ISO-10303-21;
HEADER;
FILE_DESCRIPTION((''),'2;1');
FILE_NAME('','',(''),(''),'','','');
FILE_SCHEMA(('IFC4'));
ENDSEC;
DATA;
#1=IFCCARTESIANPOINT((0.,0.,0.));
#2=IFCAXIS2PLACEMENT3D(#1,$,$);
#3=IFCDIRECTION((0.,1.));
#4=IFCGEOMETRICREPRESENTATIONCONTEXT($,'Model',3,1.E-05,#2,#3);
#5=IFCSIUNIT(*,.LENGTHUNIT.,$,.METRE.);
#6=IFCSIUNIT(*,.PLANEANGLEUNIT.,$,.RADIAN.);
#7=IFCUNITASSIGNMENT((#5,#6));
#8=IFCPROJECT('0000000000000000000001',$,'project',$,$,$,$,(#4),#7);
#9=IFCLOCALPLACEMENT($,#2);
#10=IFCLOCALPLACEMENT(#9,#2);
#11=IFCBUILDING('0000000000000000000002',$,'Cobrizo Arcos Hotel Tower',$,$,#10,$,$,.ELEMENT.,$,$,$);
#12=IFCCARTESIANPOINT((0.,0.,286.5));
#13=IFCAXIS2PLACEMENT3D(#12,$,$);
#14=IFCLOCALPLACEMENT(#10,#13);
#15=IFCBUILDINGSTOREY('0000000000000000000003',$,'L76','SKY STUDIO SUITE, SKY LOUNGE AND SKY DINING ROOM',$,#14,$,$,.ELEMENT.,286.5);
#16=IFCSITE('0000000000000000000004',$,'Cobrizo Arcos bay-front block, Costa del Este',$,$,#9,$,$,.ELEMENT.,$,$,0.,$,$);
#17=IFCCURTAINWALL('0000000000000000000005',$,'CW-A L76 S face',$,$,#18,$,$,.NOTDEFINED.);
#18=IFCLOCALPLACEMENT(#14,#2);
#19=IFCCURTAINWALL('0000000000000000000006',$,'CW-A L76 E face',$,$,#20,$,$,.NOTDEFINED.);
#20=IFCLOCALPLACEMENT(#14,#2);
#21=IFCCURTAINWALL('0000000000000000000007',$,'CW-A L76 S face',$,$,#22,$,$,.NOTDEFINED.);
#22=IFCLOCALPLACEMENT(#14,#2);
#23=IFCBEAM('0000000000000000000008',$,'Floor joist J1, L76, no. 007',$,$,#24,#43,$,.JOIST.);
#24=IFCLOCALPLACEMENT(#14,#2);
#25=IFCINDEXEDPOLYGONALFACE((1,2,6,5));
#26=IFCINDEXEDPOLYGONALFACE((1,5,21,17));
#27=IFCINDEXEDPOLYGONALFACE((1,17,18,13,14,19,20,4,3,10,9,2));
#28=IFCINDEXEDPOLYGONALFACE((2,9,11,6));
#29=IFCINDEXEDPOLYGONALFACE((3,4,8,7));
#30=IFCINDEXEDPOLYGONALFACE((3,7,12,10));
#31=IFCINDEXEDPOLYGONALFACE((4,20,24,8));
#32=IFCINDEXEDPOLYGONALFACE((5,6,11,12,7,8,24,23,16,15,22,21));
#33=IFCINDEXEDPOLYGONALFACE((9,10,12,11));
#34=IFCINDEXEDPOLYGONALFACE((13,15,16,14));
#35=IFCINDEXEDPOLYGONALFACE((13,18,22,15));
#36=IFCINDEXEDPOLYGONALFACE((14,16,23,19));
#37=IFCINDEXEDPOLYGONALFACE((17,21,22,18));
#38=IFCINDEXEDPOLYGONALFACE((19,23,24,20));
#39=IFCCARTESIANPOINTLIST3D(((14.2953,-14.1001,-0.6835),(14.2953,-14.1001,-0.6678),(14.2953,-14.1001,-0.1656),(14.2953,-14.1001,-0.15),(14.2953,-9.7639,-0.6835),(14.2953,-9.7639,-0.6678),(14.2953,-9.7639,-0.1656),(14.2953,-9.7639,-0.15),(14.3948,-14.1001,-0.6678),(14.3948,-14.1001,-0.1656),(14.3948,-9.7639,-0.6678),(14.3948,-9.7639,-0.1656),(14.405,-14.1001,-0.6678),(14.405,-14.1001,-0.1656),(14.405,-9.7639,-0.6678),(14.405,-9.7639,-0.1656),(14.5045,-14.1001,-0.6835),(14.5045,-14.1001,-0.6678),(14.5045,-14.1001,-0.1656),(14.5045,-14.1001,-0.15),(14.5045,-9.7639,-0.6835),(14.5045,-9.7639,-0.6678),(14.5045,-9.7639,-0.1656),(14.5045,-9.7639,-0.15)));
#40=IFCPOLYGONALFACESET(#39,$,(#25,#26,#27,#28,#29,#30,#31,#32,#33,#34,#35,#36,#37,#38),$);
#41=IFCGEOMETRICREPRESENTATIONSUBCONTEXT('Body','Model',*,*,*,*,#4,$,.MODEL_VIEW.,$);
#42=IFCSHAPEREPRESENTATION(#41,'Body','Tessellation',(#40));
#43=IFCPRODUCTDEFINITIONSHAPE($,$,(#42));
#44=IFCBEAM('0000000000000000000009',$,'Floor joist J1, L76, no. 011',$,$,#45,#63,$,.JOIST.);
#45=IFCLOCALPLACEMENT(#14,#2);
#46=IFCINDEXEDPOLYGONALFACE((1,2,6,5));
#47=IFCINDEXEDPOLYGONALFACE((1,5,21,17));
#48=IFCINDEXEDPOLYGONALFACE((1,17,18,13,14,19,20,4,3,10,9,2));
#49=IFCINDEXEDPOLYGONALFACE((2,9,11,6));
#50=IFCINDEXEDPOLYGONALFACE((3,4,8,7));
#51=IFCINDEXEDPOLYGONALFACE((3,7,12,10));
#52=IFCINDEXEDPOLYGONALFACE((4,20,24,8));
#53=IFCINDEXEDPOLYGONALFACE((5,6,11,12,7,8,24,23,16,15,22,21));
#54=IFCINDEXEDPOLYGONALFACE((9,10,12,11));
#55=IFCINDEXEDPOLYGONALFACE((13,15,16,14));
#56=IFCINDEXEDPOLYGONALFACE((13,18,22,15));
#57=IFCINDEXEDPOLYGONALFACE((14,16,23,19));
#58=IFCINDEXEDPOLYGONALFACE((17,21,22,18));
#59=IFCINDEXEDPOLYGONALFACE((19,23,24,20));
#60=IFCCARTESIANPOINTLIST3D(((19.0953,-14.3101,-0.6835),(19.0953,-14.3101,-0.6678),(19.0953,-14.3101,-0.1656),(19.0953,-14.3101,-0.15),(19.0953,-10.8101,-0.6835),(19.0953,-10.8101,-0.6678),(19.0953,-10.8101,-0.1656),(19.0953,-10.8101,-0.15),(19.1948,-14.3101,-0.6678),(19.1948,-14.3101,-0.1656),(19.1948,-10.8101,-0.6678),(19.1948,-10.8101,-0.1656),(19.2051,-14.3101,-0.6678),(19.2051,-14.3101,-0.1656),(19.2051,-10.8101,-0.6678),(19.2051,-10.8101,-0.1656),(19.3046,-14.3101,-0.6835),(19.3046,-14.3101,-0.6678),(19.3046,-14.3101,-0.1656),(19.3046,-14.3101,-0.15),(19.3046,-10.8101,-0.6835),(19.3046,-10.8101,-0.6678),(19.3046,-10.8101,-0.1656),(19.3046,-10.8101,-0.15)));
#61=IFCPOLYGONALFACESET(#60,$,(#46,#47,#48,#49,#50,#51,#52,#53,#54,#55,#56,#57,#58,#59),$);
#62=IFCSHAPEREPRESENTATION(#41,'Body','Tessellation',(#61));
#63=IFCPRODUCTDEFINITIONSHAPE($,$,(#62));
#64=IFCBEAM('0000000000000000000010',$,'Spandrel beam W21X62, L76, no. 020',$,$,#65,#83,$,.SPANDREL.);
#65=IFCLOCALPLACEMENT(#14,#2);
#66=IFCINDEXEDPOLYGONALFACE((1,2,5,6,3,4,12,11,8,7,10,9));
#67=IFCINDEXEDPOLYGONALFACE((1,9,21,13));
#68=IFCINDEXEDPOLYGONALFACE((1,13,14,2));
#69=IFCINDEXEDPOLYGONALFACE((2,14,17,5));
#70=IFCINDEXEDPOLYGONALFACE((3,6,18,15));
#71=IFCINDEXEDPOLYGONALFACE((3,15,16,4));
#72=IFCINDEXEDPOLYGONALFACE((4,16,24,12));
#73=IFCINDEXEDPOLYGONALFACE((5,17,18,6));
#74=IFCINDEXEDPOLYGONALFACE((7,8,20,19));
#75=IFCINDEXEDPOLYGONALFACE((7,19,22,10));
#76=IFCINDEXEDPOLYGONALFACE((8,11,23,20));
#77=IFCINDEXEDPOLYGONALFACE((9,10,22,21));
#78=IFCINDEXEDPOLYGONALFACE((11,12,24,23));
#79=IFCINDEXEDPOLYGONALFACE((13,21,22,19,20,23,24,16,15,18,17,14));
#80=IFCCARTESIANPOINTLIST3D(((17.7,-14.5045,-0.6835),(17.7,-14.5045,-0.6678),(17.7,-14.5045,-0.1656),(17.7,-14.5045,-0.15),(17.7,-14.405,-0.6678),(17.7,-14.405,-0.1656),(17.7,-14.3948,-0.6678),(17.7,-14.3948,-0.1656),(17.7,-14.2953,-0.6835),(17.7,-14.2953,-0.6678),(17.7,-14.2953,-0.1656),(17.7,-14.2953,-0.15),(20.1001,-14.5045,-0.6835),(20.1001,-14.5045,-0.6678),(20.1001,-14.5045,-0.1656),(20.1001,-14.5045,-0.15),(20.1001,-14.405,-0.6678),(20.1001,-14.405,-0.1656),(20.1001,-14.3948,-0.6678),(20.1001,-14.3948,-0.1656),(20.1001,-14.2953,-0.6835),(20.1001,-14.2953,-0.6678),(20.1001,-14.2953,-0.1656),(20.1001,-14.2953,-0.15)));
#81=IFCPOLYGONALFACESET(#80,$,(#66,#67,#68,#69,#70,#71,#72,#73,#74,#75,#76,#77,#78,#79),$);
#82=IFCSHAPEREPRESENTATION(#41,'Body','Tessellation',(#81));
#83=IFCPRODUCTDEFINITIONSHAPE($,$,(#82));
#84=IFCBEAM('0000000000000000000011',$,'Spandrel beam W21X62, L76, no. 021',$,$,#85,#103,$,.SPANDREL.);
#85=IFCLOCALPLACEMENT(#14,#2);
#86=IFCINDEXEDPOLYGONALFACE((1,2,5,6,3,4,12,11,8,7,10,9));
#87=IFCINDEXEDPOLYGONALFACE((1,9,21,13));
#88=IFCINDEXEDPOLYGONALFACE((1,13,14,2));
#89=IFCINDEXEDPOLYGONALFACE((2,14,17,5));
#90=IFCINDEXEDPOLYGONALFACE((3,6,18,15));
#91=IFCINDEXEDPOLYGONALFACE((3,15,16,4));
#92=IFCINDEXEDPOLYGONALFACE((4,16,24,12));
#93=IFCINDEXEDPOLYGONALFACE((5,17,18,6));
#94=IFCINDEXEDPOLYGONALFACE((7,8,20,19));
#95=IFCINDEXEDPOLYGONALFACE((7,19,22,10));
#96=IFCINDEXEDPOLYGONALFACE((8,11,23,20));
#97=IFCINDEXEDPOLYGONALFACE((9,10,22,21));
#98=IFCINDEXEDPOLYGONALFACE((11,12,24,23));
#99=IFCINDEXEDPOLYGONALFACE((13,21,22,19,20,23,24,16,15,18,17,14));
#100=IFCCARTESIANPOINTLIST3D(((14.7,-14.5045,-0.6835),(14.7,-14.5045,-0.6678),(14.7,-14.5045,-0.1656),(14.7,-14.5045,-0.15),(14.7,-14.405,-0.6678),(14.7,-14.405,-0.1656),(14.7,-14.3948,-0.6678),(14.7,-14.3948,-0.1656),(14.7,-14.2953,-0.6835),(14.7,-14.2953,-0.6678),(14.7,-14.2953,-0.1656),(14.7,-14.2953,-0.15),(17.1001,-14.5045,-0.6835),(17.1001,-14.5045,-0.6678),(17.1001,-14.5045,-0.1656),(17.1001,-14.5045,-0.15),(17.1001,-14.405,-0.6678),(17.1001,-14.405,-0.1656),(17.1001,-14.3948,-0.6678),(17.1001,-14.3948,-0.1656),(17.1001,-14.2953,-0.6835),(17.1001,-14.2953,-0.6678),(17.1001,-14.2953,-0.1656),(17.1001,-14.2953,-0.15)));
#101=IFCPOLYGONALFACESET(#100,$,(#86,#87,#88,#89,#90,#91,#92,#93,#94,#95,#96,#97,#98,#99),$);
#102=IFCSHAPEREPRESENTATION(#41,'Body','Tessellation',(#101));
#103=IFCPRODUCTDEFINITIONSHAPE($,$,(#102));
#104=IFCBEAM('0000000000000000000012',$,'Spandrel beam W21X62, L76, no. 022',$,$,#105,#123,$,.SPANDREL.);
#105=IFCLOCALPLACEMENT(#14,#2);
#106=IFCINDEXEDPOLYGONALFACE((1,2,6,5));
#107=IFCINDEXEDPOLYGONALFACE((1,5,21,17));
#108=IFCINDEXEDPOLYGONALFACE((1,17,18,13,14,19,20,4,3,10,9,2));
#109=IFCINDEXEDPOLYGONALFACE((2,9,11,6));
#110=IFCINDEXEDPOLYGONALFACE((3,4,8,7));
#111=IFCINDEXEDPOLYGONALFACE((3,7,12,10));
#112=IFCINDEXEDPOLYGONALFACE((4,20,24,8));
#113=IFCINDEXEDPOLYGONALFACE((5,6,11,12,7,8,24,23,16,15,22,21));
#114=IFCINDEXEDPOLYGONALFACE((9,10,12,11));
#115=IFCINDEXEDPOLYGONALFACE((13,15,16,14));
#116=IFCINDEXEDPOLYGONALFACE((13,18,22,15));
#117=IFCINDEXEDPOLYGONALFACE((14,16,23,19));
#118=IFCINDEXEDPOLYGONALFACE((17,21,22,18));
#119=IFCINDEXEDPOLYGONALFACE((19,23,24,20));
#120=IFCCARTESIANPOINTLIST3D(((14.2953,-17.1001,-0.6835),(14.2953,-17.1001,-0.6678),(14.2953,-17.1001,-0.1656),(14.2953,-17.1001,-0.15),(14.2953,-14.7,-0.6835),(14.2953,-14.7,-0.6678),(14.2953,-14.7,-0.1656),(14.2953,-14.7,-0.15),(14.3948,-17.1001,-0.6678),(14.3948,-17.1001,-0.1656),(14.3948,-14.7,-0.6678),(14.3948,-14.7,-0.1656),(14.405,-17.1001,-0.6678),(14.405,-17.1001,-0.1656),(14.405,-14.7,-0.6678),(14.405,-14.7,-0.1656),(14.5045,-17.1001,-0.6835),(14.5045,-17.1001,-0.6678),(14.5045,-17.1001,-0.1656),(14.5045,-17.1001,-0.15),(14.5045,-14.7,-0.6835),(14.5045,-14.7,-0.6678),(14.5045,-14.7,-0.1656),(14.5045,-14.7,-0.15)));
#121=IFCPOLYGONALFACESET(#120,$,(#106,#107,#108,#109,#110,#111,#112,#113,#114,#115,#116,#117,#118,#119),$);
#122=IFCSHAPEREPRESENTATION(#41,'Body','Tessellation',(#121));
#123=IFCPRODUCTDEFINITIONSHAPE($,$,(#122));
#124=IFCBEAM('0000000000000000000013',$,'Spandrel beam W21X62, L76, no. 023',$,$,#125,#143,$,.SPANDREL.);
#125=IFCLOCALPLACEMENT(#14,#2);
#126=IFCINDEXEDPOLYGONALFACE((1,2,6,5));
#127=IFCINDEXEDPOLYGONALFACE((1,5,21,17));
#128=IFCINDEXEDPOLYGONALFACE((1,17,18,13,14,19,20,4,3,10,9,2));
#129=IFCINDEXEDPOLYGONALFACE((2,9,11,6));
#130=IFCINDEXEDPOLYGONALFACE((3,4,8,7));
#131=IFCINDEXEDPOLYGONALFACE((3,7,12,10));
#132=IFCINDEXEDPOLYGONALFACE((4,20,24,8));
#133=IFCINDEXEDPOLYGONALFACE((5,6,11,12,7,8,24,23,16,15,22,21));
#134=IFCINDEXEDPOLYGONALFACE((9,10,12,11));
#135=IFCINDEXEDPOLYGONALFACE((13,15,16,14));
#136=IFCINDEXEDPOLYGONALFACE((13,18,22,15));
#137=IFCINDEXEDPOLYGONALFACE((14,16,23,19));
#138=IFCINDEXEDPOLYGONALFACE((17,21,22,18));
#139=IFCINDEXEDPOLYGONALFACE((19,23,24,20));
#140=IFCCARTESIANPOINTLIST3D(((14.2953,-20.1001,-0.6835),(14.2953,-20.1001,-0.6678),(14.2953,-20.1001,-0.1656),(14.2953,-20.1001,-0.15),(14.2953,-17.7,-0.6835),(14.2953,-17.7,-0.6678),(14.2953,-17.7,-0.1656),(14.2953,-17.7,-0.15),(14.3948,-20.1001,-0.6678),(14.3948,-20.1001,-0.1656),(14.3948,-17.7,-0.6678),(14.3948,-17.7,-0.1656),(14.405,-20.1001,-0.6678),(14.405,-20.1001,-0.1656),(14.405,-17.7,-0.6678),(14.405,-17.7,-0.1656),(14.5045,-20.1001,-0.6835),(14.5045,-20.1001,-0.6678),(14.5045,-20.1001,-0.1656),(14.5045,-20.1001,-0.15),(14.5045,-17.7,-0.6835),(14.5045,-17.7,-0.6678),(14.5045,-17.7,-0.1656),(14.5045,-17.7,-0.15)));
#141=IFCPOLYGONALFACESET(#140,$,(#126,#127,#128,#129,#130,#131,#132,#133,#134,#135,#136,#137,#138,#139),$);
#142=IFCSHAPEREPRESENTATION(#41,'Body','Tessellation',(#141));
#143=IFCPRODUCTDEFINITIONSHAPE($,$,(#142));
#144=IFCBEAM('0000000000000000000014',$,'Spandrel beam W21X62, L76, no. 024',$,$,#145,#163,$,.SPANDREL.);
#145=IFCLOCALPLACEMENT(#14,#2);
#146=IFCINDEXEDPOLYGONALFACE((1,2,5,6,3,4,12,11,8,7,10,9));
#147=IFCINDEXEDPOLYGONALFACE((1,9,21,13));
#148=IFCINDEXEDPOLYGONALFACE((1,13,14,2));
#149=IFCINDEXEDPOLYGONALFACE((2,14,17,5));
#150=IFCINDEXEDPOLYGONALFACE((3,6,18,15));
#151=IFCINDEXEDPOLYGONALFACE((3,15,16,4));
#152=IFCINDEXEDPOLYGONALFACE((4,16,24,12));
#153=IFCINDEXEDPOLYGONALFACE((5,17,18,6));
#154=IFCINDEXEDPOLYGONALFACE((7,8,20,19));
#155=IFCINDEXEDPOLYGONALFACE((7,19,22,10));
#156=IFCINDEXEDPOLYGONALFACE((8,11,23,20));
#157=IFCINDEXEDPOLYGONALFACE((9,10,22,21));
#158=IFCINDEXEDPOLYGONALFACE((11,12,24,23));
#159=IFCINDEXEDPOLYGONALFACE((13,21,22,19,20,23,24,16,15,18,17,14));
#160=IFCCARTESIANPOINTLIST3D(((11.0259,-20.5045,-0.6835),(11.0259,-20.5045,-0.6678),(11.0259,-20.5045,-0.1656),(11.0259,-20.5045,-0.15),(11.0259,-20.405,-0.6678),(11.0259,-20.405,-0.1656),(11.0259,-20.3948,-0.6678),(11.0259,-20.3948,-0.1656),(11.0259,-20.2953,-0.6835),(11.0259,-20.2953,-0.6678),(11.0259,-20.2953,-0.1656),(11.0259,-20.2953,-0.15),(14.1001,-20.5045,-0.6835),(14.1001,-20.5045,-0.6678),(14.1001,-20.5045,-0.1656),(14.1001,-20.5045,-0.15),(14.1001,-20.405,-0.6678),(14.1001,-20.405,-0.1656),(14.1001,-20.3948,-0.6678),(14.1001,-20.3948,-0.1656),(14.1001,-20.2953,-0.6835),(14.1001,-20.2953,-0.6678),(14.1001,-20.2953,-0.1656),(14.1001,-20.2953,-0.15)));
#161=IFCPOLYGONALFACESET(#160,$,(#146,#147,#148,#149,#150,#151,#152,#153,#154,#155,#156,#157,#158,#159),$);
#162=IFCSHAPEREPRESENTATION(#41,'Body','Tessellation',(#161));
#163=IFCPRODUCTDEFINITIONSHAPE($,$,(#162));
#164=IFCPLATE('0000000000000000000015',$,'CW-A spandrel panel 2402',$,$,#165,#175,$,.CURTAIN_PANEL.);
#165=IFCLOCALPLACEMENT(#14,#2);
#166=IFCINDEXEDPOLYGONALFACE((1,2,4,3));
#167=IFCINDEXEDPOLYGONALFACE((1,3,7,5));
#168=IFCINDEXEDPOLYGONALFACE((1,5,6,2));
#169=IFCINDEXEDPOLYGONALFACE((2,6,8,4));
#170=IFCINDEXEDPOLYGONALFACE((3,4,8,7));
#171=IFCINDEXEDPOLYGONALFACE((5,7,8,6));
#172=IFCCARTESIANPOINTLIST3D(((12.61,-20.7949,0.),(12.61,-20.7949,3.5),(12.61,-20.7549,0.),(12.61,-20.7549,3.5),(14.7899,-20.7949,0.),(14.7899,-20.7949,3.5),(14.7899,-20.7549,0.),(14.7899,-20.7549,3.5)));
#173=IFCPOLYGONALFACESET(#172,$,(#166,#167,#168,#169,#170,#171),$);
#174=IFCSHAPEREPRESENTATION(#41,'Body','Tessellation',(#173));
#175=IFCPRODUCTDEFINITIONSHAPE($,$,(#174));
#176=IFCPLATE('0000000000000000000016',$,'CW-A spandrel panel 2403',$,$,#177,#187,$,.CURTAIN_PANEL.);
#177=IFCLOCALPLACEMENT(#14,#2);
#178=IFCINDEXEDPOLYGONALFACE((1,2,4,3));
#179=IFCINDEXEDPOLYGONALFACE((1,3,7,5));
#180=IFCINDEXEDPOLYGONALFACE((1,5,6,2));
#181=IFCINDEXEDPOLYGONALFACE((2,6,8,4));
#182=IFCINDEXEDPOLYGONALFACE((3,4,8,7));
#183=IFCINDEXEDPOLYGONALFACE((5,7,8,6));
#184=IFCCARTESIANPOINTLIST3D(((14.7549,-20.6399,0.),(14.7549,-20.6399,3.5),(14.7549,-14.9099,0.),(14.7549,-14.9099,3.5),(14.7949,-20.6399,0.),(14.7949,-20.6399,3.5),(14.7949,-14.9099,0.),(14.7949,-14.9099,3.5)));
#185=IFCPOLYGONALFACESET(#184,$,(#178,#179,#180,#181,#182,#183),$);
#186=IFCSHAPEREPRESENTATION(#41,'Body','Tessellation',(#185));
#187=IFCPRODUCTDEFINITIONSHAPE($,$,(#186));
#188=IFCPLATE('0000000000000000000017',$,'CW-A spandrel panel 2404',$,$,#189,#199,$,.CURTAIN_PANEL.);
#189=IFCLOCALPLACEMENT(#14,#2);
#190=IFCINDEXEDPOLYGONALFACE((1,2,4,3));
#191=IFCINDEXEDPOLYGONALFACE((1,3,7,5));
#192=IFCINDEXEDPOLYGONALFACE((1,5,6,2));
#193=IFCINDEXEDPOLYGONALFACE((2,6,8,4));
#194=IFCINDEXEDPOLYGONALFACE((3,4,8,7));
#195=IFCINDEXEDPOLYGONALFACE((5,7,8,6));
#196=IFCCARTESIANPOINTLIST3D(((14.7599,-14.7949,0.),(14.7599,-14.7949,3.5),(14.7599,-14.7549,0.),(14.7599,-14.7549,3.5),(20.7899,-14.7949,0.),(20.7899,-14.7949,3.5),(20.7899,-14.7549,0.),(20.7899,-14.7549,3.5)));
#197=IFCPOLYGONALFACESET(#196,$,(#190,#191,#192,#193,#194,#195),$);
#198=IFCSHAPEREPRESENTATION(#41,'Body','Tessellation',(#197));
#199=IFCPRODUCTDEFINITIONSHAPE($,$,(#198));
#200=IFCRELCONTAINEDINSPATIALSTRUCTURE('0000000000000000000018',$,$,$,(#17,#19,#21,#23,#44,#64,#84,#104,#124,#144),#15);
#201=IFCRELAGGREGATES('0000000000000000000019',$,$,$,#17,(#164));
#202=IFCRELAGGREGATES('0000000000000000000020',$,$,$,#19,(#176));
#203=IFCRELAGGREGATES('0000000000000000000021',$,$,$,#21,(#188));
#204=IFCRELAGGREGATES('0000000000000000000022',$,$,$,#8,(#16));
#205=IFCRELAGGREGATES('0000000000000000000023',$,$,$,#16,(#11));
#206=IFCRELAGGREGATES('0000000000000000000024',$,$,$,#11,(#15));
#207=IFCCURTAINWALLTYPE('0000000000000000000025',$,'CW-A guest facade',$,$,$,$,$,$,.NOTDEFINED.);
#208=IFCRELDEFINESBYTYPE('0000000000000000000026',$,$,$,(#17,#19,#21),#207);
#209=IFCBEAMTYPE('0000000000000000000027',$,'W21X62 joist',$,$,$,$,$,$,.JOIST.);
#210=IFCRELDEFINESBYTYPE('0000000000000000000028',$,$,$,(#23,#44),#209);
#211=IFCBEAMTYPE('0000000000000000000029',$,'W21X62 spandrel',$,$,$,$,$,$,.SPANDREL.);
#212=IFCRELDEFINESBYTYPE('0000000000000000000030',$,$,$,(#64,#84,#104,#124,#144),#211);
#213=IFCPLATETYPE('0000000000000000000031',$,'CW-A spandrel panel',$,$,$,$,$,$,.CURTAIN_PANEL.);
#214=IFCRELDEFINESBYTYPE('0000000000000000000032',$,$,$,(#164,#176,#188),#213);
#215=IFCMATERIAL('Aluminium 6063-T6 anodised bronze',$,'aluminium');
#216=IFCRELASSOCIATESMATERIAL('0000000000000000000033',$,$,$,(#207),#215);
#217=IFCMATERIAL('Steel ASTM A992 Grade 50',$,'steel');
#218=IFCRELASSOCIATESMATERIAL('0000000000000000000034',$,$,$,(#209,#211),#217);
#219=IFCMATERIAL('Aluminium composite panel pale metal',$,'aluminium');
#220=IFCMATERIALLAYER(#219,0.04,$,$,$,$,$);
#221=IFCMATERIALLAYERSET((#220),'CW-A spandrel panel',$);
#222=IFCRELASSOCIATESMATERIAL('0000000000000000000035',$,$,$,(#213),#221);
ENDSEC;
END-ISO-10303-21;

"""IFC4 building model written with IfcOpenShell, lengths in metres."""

from ifc_helpers import new_model, si_unit, direction, frame, origin, origin_2d, place, context, subcontext, project, spatial, rectangle, i_section, extrude, material, layer, layer_set, material_profile, profile_set, type_object, element, aggregate, save


model = new_model("IFC4")

# Units and contexts
model_context = context("Model", 3, precision=1e-05, world=origin(), true_north=direction((0.0, 1.0)))
body_context = subcontext(model_context, "Body", "Model", "MODEL_VIEW")
ifc_project = project(units=[si_unit("LENGTHUNIT", "METRE"), si_unit("PLANEANGLEUNIT", "RADIAN")], contexts=[model_context])

# Site, building, storey
site_placement = place(None, origin())
site = spatial("IfcSite", under=ifc_project, at=site_placement, Name="Cobrizo Arcos bay-front block, Costa del Este", CompositionType="ELEMENT", RefElevation=0.0)
building_placement = place(site_placement, origin())
building = spatial("IfcBuilding", under=site, at=building_placement, Name="Cobrizo Arcos Hotel Tower", CompositionType="ELEMENT")
storey_placement = place(building_placement, frame((0.0, 0.0, 286.5)))
storey = spatial("IfcBuildingStorey", under=building, at=storey_placement, Name="L76", Description="SKY STUDIO SUITE, SKY LOUNGE AND SKY DINING ROOM", CompositionType="ELEMENT", Elevation=286.5)

# Curtain wall
ifc_material_1 = material(Name="Aluminium 6063-T6 anodised bronze", Category="aluminium")
curtain_wall_type = type_object("IfcCurtainWallType", Name="CW-A guest facade", PredefinedType="NOTDEFINED", material=ifc_material_1)
curtain_wall_1_placement = place(storey_placement, origin())
curtain_wall_1 = element("IfcCurtainWall", 1, at=curtain_wall_1_placement, inside=storey, type_object=curtain_wall_type, Name="CW-A L76 S face", PredefinedType="NOTDEFINED")

# Curtain walls
curtain_wall_2_placement = place(storey_placement, origin())
curtain_wall_2 = element("IfcCurtainWall", 2, at=curtain_wall_2_placement, inside=storey, type_object=curtain_wall_type, Name="CW-A L76 E face", PredefinedType="NOTDEFINED")
curtain_wall_3_placement = place(storey_placement, origin())
curtain_wall_3 = element("IfcCurtainWall", 3, at=curtain_wall_3_placement, inside=storey, type_object=curtain_wall_type, Name="CW-A L76 S face", PredefinedType="NOTDEFINED")

# Beams
ifc_material_2 = material(Name="Steel ASTM A992 Grade 50", Category="steel")
ifc_material_profile_1 = material_profile(ifc_material_2, i_section(OverallWidth=0.2092, OverallDepth=0.5334, WebThickness=0.0103, FlangeThickness=0.0156, at=origin_2d()), Name="W21X62")
ifc_profile_set_1 = profile_set([ifc_material_profile_1], Name="Steel ASTM A992 Grade 50")
beam_type_1 = type_object("IfcBeamType", Name="W21X62 joist", PredefinedType="JOIST", material=ifc_profile_set_1)
beam_1_placement = place(storey_placement, frame((14.3999, -14.1001, -0.4167), z_axis=(0.0, 1.0, 0.0), x_axis=(-1.0, 0.0, 0.0)))
element("IfcBeam", 4, at=beam_1_placement, inside=storey, type_object=beam_type_1, Name="Floor joist J1, L76, no. 007", PredefinedType="JOIST", context=body_context, shape_type="SweptSolid", body=[
    extrude(i_section(OverallWidth=0.2092, OverallDepth=0.5334, WebThickness=0.0103, FlangeThickness=0.0156, at=origin_2d()), origin(), (0.0, 0.0, 1.0), 4.3362),
])
beam_2_placement = place(storey_placement, frame((19.2, -14.3101, -0.4167), z_axis=(0.0, 1.0, 0.0), x_axis=(-1.0, 0.0, 0.0)))
element("IfcBeam", 5, at=beam_2_placement, inside=storey, type_object=beam_type_1, Name="Floor joist J1, L76, no. 011", PredefinedType="JOIST", context=body_context, shape_type="SweptSolid", body=[
    extrude(i_section(OverallWidth=0.2092, OverallDepth=0.5334, WebThickness=0.0103, FlangeThickness=0.0156, at=origin_2d()), origin(), (0.0, 0.0, 1.0), 3.5),
])
ifc_material_profile_2 = material_profile(ifc_material_2, i_section(OverallWidth=0.2092, OverallDepth=0.5334, WebThickness=0.0103, FlangeThickness=0.0156, at=origin_2d()), Name="W21X62")
ifc_profile_set_2 = profile_set([ifc_material_profile_2], Name="Steel ASTM A992 Grade 50")
beam_type_2 = type_object("IfcBeamType", Name="W21X62 spandrel", PredefinedType="SPANDREL", material=ifc_profile_set_2)
for number, where, z_axis, x_axis, name in (
    (6, (20.1001, -14.3999, -0.4167), (-1.0, 0.0, 0.0), (0.0, -1.0, 0.0), "Spandrel beam W21X62, L76, no. 020"),
    (7, (17.1001, -14.3999, -0.4167), (-1.0, 0.0, 0.0), (0.0, -1.0, 0.0), "Spandrel beam W21X62, L76, no. 021"),
    (8, (14.3999, -14.7, -0.4167), (0.0, -1.0, 0.0), (1.0, 0.0, 0.0), "Spandrel beam W21X62, L76, no. 022"),
    (9, (14.3999, -17.7, -0.4167), (0.0, -1.0, 0.0), (1.0, 0.0, 0.0), "Spandrel beam W21X62, L76, no. 023"),
):
    element("IfcBeam", number, at=place(storey_placement, frame(where, z_axis=z_axis, x_axis=x_axis)), inside=storey, type_object=beam_type_2, Name=name, PredefinedType="SPANDREL", context=body_context, shape_type="SweptSolid", body=[
        extrude(i_section(OverallWidth=0.2092, OverallDepth=0.5334, WebThickness=0.0103, FlangeThickness=0.0156, at=origin_2d()), origin(), (0.0, 0.0, 1.0), 2.4001),
    ])
beam_3_placement = place(storey_placement, frame((14.1001, -20.3999, -0.4167), z_axis=(-1.0, 0.0, 0.0), x_axis=(0.0, -1.0, 0.0)))
element("IfcBeam", 10, at=beam_3_placement, inside=storey, type_object=beam_type_2, Name="Spandrel beam W21X62, L76, no. 024", PredefinedType="SPANDREL", context=body_context, shape_type="SweptSolid", body=[
    extrude(i_section(OverallWidth=0.2092, OverallDepth=0.5334, WebThickness=0.0103, FlangeThickness=0.0156, at=origin_2d()), origin(), (0.0, 0.0, 1.0), 3.0742),
])

# Plates
ifc_material_3 = material(Name="Aluminium composite panel pale metal", Category="aluminium")
ifc_layer_1 = layer(ifc_material_3, 0.04)
ifc_layer_set_1 = layer_set([ifc_layer_1], Name="CW-A spandrel panel")
plate_type = type_object("IfcPlateType", Name="CW-A spandrel panel", PredefinedType="CURTAIN_PANEL", material=ifc_layer_set_1)
plate_1_placement = place(storey_placement, frame((13.7, -20.7749, 0.0), z_axis=(0.0, 0.0, 1.0), x_axis=(1.0, 0.0, 0.0)))
plate_1 = element("IfcPlate", 11, at=plate_1_placement, type_object=plate_type, Name="CW-A spandrel panel 2402", PredefinedType="CURTAIN_PANEL", context=body_context, shape_type="SweptSolid", body=[
    extrude(rectangle(XDim=2.1799, YDim=0.04, at=origin_2d()), origin(), (0.0, 0.0, 1.0), 3.5),
])
aggregate(curtain_wall_1, [plate_1])
plate_2_placement = place(storey_placement, frame((14.7749, -17.7749, 0.0), z_axis=(0.0, 0.0, 1.0), x_axis=(0.0, 1.0, 0.0)))
plate_2 = element("IfcPlate", 12, at=plate_2_placement, type_object=plate_type, Name="CW-A spandrel panel 2403", PredefinedType="CURTAIN_PANEL", context=body_context, shape_type="SweptSolid", body=[
    extrude(rectangle(XDim=5.73, YDim=0.04, at=origin_2d()), origin(), (0.0, 0.0, 1.0), 3.5),
])
aggregate(curtain_wall_2, [plate_2])
plate_3_placement = place(storey_placement, frame((17.7749, -14.7749, 0.0), z_axis=(0.0, 0.0, 1.0), x_axis=(1.0, 0.0, 0.0)))
plate_3 = element("IfcPlate", 13, at=plate_3_placement, type_object=plate_type, Name="CW-A spandrel panel 2404", PredefinedType="CURTAIN_PANEL", context=body_context, shape_type="SweptSolid", body=[
    extrude(rectangle(XDim=6.03, YDim=0.04, at=origin_2d()), origin(), (0.0, 0.0, 1.0), 3.5),
])
aggregate(curtain_wall_3, [plate_3])

save(model, "model.ifc")
